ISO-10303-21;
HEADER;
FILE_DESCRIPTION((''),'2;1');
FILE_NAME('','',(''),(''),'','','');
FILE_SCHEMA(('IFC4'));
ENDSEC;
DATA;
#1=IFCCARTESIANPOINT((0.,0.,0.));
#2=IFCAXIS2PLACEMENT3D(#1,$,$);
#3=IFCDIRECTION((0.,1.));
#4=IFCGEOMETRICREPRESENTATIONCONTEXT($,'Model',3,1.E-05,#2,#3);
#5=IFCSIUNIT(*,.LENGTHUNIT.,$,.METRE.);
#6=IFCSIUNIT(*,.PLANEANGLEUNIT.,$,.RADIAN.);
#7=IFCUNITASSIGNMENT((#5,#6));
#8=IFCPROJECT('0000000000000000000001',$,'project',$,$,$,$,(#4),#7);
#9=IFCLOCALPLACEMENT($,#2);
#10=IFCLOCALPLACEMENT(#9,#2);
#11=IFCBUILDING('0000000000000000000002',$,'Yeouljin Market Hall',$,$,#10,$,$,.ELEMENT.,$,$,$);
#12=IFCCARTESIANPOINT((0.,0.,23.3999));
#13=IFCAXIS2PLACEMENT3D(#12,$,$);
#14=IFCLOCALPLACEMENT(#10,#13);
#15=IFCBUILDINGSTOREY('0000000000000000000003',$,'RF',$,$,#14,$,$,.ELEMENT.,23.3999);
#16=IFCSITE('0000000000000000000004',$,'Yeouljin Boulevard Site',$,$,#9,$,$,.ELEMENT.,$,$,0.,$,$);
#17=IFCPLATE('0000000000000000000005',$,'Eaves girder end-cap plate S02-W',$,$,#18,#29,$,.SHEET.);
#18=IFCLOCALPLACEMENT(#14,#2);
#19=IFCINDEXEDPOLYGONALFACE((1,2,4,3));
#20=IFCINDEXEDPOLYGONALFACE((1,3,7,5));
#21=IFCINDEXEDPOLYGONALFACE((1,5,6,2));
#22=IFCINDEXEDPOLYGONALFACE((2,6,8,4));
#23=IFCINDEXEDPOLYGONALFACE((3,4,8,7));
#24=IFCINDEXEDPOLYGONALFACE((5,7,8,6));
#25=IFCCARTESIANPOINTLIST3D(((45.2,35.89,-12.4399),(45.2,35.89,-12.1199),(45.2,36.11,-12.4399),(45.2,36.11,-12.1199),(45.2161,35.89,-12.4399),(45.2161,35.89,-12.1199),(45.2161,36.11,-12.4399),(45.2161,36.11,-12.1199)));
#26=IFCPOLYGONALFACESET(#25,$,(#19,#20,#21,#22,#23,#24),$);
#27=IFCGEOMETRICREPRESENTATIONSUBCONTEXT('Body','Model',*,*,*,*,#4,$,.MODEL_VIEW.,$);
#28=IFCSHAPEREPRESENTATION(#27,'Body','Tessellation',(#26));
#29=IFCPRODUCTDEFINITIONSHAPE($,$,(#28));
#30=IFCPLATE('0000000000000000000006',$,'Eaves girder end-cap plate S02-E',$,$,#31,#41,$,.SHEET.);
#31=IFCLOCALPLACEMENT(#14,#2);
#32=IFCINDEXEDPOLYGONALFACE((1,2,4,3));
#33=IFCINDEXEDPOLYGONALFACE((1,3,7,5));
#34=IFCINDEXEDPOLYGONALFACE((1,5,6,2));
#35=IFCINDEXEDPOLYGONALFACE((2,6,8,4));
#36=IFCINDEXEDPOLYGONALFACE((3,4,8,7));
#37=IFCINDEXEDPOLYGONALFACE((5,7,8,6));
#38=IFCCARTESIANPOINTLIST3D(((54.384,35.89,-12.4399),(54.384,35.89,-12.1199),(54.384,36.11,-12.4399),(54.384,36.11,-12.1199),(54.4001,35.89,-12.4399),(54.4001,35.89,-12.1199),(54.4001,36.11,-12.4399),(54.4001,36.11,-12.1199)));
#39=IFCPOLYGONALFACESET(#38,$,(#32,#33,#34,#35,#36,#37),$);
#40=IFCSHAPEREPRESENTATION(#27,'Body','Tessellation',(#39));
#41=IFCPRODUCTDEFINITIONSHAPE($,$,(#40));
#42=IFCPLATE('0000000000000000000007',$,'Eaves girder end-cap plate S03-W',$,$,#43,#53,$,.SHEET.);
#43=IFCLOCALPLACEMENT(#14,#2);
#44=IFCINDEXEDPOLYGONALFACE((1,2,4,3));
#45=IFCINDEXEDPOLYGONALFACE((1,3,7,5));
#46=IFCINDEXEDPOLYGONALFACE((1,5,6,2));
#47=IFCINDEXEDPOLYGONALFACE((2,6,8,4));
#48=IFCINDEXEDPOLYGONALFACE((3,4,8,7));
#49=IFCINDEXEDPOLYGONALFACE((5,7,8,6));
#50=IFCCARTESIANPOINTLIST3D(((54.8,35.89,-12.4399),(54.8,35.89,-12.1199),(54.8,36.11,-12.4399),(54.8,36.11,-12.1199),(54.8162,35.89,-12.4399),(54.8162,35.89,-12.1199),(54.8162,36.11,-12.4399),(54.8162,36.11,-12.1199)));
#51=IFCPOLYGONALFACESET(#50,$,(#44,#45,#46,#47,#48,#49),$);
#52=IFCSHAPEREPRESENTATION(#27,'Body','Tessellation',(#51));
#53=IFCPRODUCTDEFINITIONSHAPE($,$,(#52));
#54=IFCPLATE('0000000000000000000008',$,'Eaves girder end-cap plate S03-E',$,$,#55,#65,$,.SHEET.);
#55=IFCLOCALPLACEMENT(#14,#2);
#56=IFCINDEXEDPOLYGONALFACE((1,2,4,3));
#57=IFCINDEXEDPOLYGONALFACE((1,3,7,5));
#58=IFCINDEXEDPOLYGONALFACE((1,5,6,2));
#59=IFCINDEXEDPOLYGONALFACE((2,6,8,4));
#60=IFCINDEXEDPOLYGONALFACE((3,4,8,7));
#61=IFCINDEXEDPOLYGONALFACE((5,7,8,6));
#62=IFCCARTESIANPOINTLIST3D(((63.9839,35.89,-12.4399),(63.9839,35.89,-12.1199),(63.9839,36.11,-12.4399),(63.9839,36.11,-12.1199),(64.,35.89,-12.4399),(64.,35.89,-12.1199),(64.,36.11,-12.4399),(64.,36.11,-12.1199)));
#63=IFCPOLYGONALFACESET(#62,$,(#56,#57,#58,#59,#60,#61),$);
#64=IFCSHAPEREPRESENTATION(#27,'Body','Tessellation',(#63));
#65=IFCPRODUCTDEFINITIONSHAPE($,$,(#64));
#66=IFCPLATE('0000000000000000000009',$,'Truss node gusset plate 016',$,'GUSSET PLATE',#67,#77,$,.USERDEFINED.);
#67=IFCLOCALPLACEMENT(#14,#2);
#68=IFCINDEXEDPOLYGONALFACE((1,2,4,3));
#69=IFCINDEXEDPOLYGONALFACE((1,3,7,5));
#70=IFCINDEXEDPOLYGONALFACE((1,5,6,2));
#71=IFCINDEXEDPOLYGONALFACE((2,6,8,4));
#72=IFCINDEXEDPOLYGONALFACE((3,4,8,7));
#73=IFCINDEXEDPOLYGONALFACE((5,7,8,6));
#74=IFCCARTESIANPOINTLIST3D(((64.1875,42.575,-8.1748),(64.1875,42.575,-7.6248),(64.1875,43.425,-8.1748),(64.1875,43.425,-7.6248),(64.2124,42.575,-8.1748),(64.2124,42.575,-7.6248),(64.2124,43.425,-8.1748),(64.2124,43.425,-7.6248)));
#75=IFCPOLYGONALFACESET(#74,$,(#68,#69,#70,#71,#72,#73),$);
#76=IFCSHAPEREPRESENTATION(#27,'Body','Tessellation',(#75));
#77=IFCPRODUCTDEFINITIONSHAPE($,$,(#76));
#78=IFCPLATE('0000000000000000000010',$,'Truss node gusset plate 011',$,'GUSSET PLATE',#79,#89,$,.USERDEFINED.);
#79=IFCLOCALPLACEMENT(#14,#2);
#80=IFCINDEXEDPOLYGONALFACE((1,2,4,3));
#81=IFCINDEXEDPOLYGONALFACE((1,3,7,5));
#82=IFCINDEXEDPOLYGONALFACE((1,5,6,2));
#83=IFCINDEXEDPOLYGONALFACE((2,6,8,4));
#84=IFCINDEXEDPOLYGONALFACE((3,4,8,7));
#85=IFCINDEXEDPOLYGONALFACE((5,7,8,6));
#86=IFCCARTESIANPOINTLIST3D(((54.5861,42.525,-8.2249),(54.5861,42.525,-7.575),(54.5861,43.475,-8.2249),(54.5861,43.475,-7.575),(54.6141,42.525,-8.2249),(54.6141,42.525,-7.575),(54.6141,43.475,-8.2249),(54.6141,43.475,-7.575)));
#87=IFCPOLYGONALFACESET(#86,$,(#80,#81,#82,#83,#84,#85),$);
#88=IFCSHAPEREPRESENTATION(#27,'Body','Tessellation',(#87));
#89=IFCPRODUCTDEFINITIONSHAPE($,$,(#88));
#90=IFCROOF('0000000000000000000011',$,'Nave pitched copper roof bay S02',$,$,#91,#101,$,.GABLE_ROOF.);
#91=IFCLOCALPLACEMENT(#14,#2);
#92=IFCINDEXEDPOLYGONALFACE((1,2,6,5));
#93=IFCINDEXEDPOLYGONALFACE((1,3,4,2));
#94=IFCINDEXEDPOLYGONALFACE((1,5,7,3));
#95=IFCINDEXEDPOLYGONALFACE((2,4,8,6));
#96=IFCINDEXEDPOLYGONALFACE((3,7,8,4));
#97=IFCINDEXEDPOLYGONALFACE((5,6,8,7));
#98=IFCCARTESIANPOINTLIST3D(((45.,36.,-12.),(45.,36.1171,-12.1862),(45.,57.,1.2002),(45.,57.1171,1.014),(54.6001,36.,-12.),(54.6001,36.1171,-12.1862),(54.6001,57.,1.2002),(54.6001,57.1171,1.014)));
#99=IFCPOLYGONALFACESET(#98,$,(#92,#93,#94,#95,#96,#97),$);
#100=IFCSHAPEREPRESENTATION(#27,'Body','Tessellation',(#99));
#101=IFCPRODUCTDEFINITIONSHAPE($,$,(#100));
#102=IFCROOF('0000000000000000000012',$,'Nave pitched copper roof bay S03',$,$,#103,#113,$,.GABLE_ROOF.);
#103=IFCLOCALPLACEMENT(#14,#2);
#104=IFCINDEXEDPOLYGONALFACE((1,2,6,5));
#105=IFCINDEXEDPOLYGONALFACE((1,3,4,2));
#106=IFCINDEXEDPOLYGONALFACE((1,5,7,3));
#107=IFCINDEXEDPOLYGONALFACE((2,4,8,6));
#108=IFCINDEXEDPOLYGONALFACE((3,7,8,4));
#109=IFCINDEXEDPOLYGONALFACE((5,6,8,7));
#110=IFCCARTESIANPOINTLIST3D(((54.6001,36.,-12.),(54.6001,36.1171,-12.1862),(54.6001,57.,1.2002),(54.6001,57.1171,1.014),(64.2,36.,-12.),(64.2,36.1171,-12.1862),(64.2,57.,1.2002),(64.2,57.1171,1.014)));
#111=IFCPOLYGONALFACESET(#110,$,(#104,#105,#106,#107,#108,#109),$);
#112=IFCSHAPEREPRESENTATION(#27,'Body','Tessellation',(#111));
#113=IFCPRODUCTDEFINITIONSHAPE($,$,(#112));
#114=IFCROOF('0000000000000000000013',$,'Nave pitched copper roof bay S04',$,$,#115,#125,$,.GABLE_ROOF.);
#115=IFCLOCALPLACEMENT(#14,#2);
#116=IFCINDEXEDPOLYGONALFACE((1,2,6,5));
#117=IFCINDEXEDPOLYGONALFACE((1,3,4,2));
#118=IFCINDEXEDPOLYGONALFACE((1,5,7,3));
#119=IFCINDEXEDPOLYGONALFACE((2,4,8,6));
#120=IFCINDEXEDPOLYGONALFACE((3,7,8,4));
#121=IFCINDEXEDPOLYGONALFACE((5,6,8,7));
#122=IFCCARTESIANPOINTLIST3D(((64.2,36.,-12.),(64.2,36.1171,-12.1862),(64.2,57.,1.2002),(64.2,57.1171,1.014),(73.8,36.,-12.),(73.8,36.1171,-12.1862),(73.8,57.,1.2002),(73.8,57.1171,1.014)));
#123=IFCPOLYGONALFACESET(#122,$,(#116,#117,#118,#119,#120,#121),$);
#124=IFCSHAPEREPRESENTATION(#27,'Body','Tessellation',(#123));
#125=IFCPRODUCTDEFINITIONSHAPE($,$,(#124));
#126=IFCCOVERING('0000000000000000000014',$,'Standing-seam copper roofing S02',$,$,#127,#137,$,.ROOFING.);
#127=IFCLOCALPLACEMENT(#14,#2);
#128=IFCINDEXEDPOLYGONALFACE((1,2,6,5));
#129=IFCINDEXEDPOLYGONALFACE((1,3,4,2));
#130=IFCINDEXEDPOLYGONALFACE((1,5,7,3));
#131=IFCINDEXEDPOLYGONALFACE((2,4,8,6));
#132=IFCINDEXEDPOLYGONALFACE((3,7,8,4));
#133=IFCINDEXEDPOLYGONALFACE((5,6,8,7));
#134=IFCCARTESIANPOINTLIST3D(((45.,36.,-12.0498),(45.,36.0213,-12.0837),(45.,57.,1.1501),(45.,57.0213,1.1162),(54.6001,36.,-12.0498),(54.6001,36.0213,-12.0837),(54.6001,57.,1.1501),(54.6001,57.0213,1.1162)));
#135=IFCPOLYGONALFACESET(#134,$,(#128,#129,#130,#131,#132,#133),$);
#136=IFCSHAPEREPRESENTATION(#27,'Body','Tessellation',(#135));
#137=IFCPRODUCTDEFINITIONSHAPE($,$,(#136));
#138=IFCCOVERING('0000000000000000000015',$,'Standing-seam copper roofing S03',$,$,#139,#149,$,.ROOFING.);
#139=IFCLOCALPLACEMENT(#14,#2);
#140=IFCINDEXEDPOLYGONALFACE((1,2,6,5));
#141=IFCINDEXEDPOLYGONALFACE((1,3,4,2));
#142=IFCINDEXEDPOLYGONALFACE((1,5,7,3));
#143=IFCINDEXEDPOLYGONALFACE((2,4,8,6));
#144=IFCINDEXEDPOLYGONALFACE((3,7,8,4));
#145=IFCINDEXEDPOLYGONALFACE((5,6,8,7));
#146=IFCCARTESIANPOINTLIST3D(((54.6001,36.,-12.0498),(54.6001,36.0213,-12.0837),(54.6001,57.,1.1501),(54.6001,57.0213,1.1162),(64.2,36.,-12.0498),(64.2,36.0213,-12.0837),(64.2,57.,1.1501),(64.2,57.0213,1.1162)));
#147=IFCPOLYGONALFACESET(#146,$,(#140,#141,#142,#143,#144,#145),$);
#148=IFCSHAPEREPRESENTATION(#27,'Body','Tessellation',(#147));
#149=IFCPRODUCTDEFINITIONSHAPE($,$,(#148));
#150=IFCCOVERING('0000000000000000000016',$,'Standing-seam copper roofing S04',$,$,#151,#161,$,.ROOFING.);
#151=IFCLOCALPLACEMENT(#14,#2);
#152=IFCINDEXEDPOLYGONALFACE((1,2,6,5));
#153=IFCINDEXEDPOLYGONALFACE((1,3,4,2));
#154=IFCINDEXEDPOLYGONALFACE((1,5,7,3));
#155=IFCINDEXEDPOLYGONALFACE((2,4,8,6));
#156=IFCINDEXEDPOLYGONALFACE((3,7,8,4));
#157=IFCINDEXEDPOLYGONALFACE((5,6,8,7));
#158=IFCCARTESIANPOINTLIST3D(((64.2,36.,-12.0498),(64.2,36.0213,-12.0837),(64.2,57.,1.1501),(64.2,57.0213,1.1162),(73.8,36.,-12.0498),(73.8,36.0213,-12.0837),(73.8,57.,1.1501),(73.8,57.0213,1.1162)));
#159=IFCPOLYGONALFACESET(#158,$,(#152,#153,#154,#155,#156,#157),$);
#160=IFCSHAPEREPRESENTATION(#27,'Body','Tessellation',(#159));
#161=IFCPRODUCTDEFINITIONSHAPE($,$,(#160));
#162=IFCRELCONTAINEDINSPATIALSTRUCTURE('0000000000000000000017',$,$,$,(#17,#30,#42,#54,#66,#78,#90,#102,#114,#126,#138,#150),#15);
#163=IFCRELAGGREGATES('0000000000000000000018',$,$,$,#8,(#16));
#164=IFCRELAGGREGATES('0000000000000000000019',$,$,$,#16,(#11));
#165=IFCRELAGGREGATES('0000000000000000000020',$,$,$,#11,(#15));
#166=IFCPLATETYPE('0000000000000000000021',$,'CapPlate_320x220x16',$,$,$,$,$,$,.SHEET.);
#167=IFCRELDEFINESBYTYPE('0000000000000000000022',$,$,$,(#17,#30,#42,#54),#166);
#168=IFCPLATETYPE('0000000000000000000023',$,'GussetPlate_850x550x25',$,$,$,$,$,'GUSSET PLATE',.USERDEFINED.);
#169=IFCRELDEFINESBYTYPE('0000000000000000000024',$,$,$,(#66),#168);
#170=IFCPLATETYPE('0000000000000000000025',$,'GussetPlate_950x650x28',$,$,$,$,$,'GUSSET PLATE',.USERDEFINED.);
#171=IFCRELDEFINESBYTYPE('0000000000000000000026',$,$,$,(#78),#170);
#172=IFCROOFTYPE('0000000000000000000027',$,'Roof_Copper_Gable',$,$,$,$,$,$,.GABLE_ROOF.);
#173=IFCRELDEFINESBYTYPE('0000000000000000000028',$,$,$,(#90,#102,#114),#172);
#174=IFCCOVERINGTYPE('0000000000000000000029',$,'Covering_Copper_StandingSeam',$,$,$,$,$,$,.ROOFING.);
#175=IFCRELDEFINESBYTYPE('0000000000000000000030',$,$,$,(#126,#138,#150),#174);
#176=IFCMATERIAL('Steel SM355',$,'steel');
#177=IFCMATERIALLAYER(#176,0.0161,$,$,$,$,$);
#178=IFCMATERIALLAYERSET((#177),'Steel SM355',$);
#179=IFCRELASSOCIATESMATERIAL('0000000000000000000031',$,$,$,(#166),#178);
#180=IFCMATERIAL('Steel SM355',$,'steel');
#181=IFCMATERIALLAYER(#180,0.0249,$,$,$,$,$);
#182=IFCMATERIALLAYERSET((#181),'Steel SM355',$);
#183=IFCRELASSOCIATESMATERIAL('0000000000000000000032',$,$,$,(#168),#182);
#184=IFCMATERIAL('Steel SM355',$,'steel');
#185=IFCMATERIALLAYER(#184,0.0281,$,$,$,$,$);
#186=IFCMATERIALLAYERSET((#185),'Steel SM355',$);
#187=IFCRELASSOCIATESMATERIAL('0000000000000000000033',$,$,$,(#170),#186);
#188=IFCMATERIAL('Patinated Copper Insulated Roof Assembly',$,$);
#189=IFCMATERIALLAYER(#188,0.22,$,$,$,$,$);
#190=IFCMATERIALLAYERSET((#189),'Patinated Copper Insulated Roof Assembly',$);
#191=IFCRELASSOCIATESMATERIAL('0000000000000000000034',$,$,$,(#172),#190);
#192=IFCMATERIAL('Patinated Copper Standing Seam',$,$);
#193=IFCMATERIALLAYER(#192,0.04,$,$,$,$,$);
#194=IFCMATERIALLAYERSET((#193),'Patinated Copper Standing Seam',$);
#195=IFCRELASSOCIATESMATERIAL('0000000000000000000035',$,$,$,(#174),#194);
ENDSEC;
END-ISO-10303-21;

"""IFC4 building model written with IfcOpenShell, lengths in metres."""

from ifc_helpers import new_model, si_unit, direction, frame, origin, origin_2d, place, context, subcontext, project, spatial, polyline, rectangle, outline, extrude, material, layer, layer_set, type_object, element, save


model = new_model("IFC4")

# Units and contexts
model_context = context("Model", 3, precision=1e-05, world=origin(), true_north=direction((0.0, 1.0)))
body_context = subcontext(model_context, "Body", "Model", "MODEL_VIEW")
ifc_project = project(units=[si_unit("LENGTHUNIT", "METRE"), si_unit("PLANEANGLEUNIT", "RADIAN")], contexts=[model_context])

# Site, building, storey
site_placement = place(None, origin())
site = spatial("IfcSite", under=ifc_project, at=site_placement, Name="Yeouljin Boulevard Site", CompositionType="ELEMENT", RefElevation=0.0)
building_placement = place(site_placement, origin())
building = spatial("IfcBuilding", under=site, at=building_placement, Name="Yeouljin Market Hall", CompositionType="ELEMENT")
storey_placement = place(building_placement, frame((0.0, 0.0, 23.3999)))
storey = spatial("IfcBuildingStorey", under=building, at=storey_placement, Name="RF", CompositionType="ELEMENT", Elevation=23.3999)

# Plates
ifc_material_1 = material(Name="Steel SM355", Category="steel")
ifc_layer_1 = layer(ifc_material_1, 0.0161)
ifc_layer_set_1 = layer_set([ifc_layer_1], Name="Steel SM355")
plate_type_1 = type_object("IfcPlateType", Name="CapPlate_320x220x16", PredefinedType="SHEET", material=ifc_layer_set_1)
for number, where, z_axis, x_axis, name in (
    (1, (45.208, 36.0, -12.4399), (0.0, 0.0, 1.0), (0.0, 1.0, 0.0), "Eaves girder end-cap plate S02-W"),
    (2, (54.3921, 36.0, -12.4399), (0.0, 0.0, 1.0), (0.0, 1.0, 0.0), "Eaves girder end-cap plate S02-E"),
    (3, (54.8081, 36.0, -12.4399), (0.0, 0.0, 1.0), (0.0, 1.0, 0.0), "Eaves girder end-cap plate S03-W"),
    (4, (63.9919, 36.0, -12.4399), (0.0, 0.0, 1.0), (0.0, 1.0, 0.0), "Eaves girder end-cap plate S03-E"),
):
    element("IfcPlate", number, at=place(storey_placement, frame(where, z_axis=z_axis, x_axis=x_axis)), inside=storey, type_object=plate_type_1, Name=name, PredefinedType="SHEET", context=body_context, shape_type="SweptSolid", body=[
        extrude(rectangle(XDim=0.22, YDim=0.0161, at=origin_2d()), origin(), (0.0, 0.0, 1.0), 0.3201),
    ])
ifc_material_2 = material(Name="Steel SM355", Category="steel")
ifc_layer_2 = layer(ifc_material_2, 0.0249)
ifc_layer_set_2 = layer_set([ifc_layer_2], Name="Steel SM355")
plate_type_2 = type_object("IfcPlateType", Name="GussetPlate_850x550x25", ElementType="GUSSET PLATE", PredefinedType="USERDEFINED", material=ifc_layer_set_2)
plate_1_placement = place(storey_placement, frame((64.2, 43.0, -8.1748), z_axis=(0.0, 0.0, 1.0), x_axis=(0.0, 1.0, 0.0)))
element("IfcPlate", 5, at=plate_1_placement, inside=storey, type_object=plate_type_2, Name="Truss node gusset plate 016", ObjectType="GUSSET PLATE", PredefinedType="USERDEFINED", context=body_context, shape_type="SweptSolid", body=[
    extrude(rectangle(XDim=0.8501, YDim=0.0249, at=origin_2d()), origin(), (0.0, 0.0, 1.0), 0.55),
])
ifc_material_3 = material(Name="Steel SM355", Category="steel")
ifc_layer_3 = layer(ifc_material_3, 0.0281)
ifc_layer_set_3 = layer_set([ifc_layer_3], Name="Steel SM355")
plate_type_3 = type_object("IfcPlateType", Name="GussetPlate_950x650x28", ElementType="GUSSET PLATE", PredefinedType="USERDEFINED", material=ifc_layer_set_3)
plate_2_placement = place(storey_placement, frame((54.6001, 43.0, -8.2249), z_axis=(0.0, 0.0, 1.0), x_axis=(0.0, 1.0, 0.0)))
element("IfcPlate", 6, at=plate_2_placement, inside=storey, type_object=plate_type_3, Name="Truss node gusset plate 011", ObjectType="GUSSET PLATE", PredefinedType="USERDEFINED", context=body_context, shape_type="SweptSolid", body=[
    extrude(rectangle(XDim=0.95, YDim=0.0281, at=origin_2d()), origin(), (0.0, 0.0, 1.0), 0.6499),
])

# Roofs
ifc_material_4 = material(Name="Patinated Copper Insulated Roof Assembly")
ifc_layer_4 = layer(ifc_material_4, 0.22)
ifc_layer_set_4 = layer_set([ifc_layer_4], Name="Patinated Copper Insulated Roof Assembly")
roof_type = type_object("IfcRoofType", Name="Roof_Copper_Gable", PredefinedType="GABLE_ROOF", material=ifc_layer_set_4)
roof_1_placement = place(storey_placement, frame((45.0, 36.0, -12.0), z_axis=(0.0, -0.532177, 0.846633), x_axis=(1.0, 0.0, 0.0)))
element("IfcRoof", 7, at=roof_1_placement, inside=storey, type_object=roof_type, Name="Nave pitched copper roof bay S02", PredefinedType="GABLE_ROOF", context=body_context, shape_type="SweptSolid", body=[
    extrude(outline(polyline([(0.0, 0.0), (9.6001, 0.0), (9.6001, 24.8041), (0.0, 24.8041), (0.0, 0.0)])), origin(), (0.0, 0.0, -1.0), 0.22),
])
roof_2_placement = place(storey_placement, frame((54.6001, 36.0, -12.0), z_axis=(0.0, -0.532177, 0.846633), x_axis=(1.0, 0.0, 0.0)))
element("IfcRoof", 8, at=roof_2_placement, inside=storey, type_object=roof_type, Name="Nave pitched copper roof bay S03", PredefinedType="GABLE_ROOF", context=body_context, shape_type="SweptSolid", body=[
    extrude(outline(polyline([(0.0, 0.0), (9.5999, 0.0), (9.5999, 24.8041), (0.0, 24.8041), (0.0, 0.0)])), origin(), (0.0, 0.0, -1.0), 0.22),
])
roof_3_placement = place(storey_placement, frame((64.2, 36.0, -12.0), z_axis=(0.0, -0.532177, 0.846633), x_axis=(1.0, 0.0, 0.0)))
element("IfcRoof", 9, at=roof_3_placement, inside=storey, type_object=roof_type, Name="Nave pitched copper roof bay S04", PredefinedType="GABLE_ROOF", context=body_context, shape_type="SweptSolid", body=[
    extrude(outline(polyline([(0.0, 0.0), (9.6001, 0.0), (9.6001, 24.8041), (0.0, 24.8041), (0.0, 0.0)])), origin(), (0.0, 0.0, -1.0), 0.22),
])

# Coverings
ifc_material_5 = material(Name="Patinated Copper Standing Seam")
ifc_layer_5 = layer(ifc_material_5, 0.04)
ifc_layer_set_5 = layer_set([ifc_layer_5], Name="Patinated Copper Standing Seam")
covering_type = type_object("IfcCoveringType", Name="Covering_Copper_StandingSeam", PredefinedType="ROOFING", material=ifc_layer_set_5)
covering_1_placement = place(storey_placement, frame((45.0, 36.0, -12.0498), z_axis=(0.0, -0.53217, 0.846637), x_axis=(1.0, 0.0, 0.0)))
element("IfcCovering", 10, at=covering_1_placement, inside=storey, type_object=covering_type, Name="Standing-seam copper roofing S02", PredefinedType="ROOFING", context=body_context, shape_type="SweptSolid", body=[
    extrude(outline(polyline([(0.0, 0.0), (9.6001, 0.0), (9.6001, 24.804), (0.0, 24.804), (0.0, 0.0)])), origin(), (0.0, 0.0, -1.0), 0.04),
])
covering_2_placement = place(storey_placement, frame((54.6001, 36.0, -12.0498), z_axis=(0.0, -0.53217, 0.846637), x_axis=(1.0, 0.0, 0.0)))
element("IfcCovering", 11, at=covering_2_placement, inside=storey, type_object=covering_type, Name="Standing-seam copper roofing S03", PredefinedType="ROOFING", context=body_context, shape_type="SweptSolid", body=[
    extrude(outline(polyline([(0.0, 0.0), (9.5999, 0.0), (9.5999, 24.804), (0.0, 24.804), (0.0, 0.0)])), origin(), (0.0, 0.0, -1.0), 0.04),
])
covering_3_placement = place(storey_placement, frame((64.2, 36.0, -12.0498), z_axis=(0.0, -0.53217, 0.846637), x_axis=(1.0, 0.0, 0.0)))
element("IfcCovering", 12, at=covering_3_placement, inside=storey, type_object=covering_type, Name="Standing-seam copper roofing S04", PredefinedType="ROOFING", context=body_context, shape_type="SweptSolid", body=[
    extrude(outline(polyline([(0.0, 0.0), (9.6001, 0.0), (9.6001, 24.804), (0.0, 24.804), (0.0, 0.0)])), origin(), (0.0, 0.0, -1.0), 0.04),
])

save(model, "model.ifc")
